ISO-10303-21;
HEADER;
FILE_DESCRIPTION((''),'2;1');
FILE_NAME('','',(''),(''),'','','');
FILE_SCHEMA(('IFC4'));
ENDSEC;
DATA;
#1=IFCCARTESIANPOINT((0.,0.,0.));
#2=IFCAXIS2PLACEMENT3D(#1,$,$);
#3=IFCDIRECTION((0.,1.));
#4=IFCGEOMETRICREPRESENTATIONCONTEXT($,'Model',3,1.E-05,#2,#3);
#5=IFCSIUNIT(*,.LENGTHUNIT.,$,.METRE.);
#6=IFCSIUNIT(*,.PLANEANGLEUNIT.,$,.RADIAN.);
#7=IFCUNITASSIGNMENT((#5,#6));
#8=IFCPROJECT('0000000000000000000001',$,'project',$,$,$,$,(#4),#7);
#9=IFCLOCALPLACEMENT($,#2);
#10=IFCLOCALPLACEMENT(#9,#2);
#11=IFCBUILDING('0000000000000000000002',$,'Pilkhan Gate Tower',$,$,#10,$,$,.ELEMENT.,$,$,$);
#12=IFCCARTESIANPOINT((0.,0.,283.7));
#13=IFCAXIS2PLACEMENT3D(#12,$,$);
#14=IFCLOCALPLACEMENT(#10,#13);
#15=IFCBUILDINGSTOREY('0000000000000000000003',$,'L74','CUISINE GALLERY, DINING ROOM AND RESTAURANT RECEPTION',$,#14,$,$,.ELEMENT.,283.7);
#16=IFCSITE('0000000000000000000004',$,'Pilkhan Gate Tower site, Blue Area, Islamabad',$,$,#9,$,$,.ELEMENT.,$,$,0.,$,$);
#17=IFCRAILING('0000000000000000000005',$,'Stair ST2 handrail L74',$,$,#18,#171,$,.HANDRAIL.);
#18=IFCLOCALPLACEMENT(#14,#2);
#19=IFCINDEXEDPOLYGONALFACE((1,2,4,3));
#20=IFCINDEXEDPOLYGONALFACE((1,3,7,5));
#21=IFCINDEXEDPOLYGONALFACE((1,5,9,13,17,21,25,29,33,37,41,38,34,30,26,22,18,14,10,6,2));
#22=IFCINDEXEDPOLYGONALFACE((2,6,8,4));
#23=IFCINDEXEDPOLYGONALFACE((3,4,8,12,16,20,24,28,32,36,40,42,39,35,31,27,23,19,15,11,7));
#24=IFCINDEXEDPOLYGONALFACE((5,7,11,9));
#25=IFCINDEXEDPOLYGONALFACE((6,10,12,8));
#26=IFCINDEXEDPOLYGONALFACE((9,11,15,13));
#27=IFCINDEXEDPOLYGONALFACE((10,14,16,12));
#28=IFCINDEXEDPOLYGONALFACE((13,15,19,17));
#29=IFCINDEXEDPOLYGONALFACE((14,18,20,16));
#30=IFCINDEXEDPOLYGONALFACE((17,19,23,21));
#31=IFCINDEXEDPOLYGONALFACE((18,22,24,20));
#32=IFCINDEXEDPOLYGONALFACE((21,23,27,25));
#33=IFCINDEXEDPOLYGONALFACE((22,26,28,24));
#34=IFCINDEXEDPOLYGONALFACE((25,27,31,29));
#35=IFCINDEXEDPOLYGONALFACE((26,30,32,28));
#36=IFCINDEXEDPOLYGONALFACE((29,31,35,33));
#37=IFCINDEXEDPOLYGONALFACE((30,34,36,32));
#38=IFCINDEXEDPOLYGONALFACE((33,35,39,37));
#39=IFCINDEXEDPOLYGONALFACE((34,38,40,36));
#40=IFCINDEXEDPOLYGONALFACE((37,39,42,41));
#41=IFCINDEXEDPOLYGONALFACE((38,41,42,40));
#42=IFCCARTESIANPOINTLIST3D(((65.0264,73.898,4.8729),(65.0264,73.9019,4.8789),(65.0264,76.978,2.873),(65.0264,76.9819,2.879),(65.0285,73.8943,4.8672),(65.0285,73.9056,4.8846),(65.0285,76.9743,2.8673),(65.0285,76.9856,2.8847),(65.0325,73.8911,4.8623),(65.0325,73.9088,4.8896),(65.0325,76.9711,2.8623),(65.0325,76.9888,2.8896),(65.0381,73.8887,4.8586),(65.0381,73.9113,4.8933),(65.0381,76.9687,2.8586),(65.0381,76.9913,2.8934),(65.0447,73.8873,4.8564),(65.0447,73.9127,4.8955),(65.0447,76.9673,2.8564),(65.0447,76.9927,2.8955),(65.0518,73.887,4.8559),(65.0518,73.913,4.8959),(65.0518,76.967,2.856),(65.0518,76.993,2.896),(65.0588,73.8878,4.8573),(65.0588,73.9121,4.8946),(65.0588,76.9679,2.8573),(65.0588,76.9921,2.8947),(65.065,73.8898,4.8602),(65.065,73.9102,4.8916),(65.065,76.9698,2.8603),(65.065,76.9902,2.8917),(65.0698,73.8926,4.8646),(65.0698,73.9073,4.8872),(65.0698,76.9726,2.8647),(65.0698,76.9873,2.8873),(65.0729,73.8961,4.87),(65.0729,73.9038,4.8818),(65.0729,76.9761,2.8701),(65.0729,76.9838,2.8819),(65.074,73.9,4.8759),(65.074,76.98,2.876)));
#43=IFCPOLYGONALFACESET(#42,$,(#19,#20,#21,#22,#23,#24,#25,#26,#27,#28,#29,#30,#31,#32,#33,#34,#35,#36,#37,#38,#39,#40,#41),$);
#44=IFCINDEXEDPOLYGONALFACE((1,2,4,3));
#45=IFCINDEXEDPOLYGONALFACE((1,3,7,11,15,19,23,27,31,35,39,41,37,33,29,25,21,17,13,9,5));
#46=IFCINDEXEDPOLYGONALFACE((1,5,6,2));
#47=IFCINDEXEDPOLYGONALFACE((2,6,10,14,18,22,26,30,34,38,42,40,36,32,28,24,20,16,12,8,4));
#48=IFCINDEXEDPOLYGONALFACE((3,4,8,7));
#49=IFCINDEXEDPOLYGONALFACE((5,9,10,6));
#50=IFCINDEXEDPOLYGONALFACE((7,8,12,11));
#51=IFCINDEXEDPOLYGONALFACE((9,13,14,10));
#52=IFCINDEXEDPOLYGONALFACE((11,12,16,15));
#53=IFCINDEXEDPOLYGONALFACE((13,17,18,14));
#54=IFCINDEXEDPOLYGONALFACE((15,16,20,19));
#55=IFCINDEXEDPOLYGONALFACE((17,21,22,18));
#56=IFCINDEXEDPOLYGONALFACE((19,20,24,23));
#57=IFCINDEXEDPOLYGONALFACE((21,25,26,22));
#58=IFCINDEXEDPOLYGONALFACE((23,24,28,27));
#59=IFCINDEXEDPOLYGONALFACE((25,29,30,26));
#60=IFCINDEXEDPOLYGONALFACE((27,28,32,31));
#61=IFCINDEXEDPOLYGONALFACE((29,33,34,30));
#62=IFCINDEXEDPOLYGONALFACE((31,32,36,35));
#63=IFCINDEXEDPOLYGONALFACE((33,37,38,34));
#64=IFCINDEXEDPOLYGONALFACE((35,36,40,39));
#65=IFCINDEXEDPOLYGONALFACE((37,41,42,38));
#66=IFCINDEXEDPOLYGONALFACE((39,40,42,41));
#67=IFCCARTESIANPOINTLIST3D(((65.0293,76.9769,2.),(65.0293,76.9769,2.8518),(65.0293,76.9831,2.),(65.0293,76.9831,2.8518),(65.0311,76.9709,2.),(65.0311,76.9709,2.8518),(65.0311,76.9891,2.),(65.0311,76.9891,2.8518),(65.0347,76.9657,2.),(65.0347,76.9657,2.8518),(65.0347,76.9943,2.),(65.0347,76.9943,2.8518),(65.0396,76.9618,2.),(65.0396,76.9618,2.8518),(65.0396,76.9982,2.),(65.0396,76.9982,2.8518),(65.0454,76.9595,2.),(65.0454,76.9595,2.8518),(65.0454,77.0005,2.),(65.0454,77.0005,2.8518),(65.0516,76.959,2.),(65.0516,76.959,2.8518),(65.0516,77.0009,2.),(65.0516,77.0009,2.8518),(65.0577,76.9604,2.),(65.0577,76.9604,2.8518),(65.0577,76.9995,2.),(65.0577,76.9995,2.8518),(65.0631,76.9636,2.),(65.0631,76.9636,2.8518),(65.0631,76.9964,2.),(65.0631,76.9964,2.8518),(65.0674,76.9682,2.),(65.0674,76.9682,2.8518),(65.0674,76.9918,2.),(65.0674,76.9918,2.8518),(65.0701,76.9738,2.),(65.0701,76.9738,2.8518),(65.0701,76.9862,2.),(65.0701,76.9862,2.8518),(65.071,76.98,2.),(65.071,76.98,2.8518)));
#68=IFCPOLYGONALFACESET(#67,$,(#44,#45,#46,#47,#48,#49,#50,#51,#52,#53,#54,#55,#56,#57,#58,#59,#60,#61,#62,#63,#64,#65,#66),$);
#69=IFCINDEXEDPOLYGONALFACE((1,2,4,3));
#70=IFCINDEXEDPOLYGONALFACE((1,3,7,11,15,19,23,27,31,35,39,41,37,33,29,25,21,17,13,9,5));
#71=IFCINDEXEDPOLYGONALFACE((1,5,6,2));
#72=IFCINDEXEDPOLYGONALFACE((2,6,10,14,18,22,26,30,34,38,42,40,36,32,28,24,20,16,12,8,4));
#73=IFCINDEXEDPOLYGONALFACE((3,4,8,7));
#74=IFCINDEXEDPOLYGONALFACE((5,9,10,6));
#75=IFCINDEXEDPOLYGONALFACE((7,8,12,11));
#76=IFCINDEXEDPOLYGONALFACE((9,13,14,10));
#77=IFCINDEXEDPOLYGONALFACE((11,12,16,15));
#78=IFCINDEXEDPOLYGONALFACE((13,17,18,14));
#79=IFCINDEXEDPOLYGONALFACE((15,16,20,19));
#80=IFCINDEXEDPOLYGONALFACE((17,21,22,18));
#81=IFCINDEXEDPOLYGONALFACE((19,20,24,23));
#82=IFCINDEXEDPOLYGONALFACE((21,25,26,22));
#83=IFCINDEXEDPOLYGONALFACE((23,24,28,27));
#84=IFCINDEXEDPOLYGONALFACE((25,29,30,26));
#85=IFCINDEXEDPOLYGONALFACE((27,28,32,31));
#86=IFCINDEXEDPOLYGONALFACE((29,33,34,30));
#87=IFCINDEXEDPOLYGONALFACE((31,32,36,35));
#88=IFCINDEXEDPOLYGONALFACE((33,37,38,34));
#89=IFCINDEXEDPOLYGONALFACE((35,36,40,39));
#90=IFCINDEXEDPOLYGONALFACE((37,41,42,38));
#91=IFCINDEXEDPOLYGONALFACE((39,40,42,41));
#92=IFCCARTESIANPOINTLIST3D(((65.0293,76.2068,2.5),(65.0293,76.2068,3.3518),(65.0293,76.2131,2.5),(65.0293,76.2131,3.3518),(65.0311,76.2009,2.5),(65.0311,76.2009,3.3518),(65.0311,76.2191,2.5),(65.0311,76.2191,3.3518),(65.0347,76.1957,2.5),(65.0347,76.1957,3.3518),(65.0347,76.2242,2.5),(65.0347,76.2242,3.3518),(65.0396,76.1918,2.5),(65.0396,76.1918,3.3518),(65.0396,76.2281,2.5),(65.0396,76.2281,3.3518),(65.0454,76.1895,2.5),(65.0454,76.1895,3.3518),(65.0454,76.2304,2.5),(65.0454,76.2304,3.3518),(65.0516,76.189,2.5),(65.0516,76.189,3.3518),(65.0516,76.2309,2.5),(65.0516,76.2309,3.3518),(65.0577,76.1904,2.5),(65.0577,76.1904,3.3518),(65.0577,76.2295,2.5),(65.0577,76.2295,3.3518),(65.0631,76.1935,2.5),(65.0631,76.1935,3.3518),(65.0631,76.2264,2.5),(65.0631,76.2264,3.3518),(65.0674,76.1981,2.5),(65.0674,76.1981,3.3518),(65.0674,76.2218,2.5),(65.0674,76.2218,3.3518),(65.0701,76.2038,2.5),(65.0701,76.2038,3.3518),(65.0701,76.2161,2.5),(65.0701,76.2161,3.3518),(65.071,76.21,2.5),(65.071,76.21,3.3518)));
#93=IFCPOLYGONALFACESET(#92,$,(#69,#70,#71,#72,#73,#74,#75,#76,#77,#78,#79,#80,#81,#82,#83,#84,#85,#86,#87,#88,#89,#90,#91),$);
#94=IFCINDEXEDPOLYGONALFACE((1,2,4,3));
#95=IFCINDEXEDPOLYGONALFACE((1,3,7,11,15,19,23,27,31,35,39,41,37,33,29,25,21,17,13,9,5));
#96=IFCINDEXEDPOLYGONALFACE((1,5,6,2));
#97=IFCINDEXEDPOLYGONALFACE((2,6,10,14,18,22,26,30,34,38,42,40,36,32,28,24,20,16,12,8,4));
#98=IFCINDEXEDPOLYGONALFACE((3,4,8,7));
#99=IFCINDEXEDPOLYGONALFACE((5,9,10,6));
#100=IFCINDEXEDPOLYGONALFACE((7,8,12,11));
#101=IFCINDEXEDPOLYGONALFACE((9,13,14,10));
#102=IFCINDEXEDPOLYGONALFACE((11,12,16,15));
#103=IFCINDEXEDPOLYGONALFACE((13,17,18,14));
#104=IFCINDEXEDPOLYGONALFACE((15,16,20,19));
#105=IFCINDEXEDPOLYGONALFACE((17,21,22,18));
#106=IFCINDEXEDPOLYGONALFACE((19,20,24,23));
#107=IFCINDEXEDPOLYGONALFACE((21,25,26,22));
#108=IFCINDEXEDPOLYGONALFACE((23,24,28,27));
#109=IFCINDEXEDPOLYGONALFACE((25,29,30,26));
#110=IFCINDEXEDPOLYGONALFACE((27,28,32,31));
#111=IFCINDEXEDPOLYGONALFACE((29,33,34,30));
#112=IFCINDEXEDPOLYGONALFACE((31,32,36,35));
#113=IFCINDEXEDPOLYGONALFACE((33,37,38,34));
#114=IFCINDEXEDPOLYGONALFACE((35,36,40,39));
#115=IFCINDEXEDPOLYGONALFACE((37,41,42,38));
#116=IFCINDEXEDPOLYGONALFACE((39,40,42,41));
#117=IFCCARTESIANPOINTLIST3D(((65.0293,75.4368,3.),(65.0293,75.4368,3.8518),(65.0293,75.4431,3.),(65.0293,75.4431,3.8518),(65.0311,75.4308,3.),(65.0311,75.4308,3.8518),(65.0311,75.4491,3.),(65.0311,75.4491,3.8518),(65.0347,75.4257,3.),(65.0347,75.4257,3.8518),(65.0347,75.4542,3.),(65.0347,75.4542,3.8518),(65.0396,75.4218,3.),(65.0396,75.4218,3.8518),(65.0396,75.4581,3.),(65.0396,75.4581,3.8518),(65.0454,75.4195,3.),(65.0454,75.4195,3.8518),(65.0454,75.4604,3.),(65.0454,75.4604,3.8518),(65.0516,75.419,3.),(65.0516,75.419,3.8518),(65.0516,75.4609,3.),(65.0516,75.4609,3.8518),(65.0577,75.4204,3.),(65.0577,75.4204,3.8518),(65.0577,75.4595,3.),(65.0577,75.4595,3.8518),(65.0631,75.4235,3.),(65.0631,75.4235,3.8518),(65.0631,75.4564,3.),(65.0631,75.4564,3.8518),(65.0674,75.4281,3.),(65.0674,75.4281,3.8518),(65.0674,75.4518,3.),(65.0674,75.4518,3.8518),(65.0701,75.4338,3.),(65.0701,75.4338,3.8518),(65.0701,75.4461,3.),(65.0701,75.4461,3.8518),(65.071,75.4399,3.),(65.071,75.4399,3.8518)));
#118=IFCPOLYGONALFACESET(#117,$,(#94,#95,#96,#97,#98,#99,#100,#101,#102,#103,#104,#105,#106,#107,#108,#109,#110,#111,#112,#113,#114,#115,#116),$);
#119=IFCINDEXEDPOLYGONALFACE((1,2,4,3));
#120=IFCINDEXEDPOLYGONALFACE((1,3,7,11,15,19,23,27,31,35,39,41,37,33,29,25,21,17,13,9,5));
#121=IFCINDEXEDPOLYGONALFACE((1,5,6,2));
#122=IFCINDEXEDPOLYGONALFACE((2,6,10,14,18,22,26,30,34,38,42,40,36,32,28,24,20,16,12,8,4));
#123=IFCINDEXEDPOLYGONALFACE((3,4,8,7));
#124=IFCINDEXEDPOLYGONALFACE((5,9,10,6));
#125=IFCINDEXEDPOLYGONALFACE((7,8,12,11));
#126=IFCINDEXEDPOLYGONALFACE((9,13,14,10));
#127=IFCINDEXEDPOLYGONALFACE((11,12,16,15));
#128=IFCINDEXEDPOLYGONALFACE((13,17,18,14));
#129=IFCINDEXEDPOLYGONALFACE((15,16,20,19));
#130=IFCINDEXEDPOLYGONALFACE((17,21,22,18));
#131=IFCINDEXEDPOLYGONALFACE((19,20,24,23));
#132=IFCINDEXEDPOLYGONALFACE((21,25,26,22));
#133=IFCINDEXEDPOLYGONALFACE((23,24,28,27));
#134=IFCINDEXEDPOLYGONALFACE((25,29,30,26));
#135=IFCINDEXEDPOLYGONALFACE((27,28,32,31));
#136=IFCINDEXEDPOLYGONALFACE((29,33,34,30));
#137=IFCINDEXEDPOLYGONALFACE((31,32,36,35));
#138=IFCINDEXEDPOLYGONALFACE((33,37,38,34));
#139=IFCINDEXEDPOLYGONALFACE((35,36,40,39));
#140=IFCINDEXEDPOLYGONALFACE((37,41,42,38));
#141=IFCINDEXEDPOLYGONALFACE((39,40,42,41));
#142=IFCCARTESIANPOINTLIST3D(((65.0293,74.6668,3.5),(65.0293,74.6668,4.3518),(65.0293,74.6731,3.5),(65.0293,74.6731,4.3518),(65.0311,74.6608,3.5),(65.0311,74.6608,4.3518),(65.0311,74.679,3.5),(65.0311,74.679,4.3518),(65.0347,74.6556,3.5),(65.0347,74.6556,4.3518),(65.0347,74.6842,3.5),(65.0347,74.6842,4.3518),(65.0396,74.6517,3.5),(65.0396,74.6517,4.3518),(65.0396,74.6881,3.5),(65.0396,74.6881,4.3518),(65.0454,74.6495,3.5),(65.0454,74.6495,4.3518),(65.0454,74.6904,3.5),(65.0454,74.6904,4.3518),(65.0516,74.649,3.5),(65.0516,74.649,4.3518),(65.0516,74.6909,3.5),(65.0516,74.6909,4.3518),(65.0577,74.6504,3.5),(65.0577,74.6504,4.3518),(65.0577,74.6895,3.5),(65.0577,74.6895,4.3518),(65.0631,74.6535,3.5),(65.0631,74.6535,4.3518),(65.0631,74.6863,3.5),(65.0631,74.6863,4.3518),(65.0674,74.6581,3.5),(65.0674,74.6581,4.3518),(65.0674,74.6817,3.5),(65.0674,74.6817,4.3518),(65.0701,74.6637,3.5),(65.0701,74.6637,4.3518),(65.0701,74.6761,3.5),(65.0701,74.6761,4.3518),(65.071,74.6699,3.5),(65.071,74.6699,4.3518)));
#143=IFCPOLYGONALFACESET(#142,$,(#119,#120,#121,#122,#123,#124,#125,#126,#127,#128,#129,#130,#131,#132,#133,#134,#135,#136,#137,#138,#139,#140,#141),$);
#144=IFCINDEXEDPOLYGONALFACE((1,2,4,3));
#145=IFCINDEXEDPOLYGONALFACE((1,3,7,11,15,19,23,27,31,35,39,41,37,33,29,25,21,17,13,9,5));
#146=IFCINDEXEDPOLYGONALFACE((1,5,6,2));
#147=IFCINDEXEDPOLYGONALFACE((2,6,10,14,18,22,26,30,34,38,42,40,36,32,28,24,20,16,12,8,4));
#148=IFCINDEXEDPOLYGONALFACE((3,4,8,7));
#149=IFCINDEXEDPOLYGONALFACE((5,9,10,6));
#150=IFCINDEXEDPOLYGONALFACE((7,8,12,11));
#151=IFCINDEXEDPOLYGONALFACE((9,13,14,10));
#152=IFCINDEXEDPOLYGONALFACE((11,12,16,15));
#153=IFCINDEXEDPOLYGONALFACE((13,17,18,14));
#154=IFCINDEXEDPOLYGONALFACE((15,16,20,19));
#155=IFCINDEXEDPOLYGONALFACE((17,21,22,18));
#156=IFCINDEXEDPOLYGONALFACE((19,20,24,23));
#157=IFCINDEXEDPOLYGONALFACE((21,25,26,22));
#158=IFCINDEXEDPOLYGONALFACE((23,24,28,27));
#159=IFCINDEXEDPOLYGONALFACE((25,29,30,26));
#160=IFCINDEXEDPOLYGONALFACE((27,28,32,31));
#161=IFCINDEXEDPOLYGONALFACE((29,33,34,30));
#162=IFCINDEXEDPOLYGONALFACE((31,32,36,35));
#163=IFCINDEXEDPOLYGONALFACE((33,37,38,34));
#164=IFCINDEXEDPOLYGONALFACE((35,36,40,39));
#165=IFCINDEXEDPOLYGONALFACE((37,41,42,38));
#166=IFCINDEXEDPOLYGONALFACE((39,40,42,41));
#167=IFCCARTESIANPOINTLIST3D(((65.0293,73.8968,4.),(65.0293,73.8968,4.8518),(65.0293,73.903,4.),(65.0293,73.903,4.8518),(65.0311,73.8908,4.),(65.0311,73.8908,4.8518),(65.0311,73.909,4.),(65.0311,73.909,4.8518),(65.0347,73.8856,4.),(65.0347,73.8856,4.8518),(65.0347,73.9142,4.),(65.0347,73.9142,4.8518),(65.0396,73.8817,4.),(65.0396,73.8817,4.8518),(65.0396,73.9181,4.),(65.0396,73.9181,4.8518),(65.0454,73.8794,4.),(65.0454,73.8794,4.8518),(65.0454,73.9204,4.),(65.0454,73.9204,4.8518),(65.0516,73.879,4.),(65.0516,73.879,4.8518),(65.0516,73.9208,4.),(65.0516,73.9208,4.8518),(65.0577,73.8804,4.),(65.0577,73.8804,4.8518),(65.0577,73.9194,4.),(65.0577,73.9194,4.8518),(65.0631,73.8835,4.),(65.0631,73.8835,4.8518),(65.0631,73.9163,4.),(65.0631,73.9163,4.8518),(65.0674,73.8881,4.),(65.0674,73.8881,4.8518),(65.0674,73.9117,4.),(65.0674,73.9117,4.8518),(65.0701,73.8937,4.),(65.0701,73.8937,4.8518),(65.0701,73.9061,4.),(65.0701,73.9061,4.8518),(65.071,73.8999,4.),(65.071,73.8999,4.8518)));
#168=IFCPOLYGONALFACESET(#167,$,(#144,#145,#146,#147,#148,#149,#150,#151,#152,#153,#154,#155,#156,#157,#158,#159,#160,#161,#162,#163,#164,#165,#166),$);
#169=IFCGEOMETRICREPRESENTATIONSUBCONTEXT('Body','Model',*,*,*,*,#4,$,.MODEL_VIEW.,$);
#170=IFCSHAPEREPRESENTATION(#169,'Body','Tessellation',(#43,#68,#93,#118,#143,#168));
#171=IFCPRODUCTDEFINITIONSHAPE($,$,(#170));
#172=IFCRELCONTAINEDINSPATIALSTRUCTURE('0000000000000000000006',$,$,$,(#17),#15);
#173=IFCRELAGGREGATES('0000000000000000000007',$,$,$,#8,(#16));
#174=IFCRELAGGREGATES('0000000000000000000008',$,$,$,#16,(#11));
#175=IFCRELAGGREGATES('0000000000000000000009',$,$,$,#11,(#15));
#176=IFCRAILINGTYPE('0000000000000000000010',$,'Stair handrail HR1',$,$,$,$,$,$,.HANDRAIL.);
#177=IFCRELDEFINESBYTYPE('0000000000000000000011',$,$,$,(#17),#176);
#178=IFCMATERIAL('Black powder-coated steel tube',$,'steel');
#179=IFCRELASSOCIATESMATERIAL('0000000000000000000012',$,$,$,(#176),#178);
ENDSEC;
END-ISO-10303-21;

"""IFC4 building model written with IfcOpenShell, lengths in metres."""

from ifc_helpers import new_model, si_unit, direction, frame, origin, origin_2d, place, context, subcontext, project, spatial, circle, extrude, material, type_object, element, save


model = new_model("IFC4")

# Units and contexts
model_context = context("Model", 3, precision=1e-05, world=origin(), true_north=direction((0.0, 1.0)))
body_context = subcontext(model_context, "Body", "Model", "MODEL_VIEW")
ifc_project = project(units=[si_unit("LENGTHUNIT", "METRE"), si_unit("PLANEANGLEUNIT", "RADIAN")], contexts=[model_context])

# Site, building, storey
site_placement = place(None, origin())
site = spatial("IfcSite", under=ifc_project, at=site_placement, Name="Pilkhan Gate Tower site, Blue Area, Islamabad", CompositionType="ELEMENT", RefElevation=0.0)
building_placement = place(site_placement, origin())
building = spatial("IfcBuilding", under=site, at=building_placement, Name="Pilkhan Gate Tower", CompositionType="ELEMENT")
storey_placement = place(building_placement, frame((0.0, 0.0, 283.7)))
storey = spatial("IfcBuildingStorey", under=building, at=storey_placement, Name="L74", Description="CUISINE GALLERY, DINING ROOM AND RESTAURANT RECEPTION", CompositionType="ELEMENT", Elevation=283.7)

# Railing
ifc_material_1 = material(Name="Black powder-coated steel tube", Category="steel")
railing_type_1 = type_object("IfcRailingType", Name="Stair handrail HR1", PredefinedType="HANDRAIL", material=ifc_material_1)
railing_1_placement = place(storey_placement, frame((65.05, 76.98, 2.0)))
element("IfcRailing", 1, at=railing_1_placement, inside=storey, type_object=railing_type_1, Name="Stair ST2 handrail L74", PredefinedType="HANDRAIL", context=body_context, shape_type="SweptSolid", body=[
    extrude(circle(Radius=0.0239, at=origin_2d()), frame((0.0, 0.0, 0.876), z_axis=(0.0, -0.838699, 0.544596), x_axis=(1.0, 0.0, 0.0)), (0.0, 0.0, 1.0), 3.6724),
    extrude(circle(Radius=0.021, at=origin_2d()), origin(), (0.0, 0.0, 1.0), 0.8518),
    extrude(circle(Radius=0.021, at=origin_2d()), frame((0.0, -0.77, 0.5)), (0.0, 0.0, 1.0), 0.8518),
    extrude(circle(Radius=0.021, at=origin_2d()), frame((0.0, -1.54, 1.0)), (0.0, 0.0, 1.0), 0.8518),
    extrude(circle(Radius=0.021, at=origin_2d()), frame((0.0, -2.3101, 1.5)), (0.0, 0.0, 1.0), 0.8518),
    extrude(circle(Radius=0.021, at=origin_2d()), frame((0.0, -3.0801, 2.0)), (0.0, 0.0, 1.0), 0.8518),
])

save(model, "model.ifc")
